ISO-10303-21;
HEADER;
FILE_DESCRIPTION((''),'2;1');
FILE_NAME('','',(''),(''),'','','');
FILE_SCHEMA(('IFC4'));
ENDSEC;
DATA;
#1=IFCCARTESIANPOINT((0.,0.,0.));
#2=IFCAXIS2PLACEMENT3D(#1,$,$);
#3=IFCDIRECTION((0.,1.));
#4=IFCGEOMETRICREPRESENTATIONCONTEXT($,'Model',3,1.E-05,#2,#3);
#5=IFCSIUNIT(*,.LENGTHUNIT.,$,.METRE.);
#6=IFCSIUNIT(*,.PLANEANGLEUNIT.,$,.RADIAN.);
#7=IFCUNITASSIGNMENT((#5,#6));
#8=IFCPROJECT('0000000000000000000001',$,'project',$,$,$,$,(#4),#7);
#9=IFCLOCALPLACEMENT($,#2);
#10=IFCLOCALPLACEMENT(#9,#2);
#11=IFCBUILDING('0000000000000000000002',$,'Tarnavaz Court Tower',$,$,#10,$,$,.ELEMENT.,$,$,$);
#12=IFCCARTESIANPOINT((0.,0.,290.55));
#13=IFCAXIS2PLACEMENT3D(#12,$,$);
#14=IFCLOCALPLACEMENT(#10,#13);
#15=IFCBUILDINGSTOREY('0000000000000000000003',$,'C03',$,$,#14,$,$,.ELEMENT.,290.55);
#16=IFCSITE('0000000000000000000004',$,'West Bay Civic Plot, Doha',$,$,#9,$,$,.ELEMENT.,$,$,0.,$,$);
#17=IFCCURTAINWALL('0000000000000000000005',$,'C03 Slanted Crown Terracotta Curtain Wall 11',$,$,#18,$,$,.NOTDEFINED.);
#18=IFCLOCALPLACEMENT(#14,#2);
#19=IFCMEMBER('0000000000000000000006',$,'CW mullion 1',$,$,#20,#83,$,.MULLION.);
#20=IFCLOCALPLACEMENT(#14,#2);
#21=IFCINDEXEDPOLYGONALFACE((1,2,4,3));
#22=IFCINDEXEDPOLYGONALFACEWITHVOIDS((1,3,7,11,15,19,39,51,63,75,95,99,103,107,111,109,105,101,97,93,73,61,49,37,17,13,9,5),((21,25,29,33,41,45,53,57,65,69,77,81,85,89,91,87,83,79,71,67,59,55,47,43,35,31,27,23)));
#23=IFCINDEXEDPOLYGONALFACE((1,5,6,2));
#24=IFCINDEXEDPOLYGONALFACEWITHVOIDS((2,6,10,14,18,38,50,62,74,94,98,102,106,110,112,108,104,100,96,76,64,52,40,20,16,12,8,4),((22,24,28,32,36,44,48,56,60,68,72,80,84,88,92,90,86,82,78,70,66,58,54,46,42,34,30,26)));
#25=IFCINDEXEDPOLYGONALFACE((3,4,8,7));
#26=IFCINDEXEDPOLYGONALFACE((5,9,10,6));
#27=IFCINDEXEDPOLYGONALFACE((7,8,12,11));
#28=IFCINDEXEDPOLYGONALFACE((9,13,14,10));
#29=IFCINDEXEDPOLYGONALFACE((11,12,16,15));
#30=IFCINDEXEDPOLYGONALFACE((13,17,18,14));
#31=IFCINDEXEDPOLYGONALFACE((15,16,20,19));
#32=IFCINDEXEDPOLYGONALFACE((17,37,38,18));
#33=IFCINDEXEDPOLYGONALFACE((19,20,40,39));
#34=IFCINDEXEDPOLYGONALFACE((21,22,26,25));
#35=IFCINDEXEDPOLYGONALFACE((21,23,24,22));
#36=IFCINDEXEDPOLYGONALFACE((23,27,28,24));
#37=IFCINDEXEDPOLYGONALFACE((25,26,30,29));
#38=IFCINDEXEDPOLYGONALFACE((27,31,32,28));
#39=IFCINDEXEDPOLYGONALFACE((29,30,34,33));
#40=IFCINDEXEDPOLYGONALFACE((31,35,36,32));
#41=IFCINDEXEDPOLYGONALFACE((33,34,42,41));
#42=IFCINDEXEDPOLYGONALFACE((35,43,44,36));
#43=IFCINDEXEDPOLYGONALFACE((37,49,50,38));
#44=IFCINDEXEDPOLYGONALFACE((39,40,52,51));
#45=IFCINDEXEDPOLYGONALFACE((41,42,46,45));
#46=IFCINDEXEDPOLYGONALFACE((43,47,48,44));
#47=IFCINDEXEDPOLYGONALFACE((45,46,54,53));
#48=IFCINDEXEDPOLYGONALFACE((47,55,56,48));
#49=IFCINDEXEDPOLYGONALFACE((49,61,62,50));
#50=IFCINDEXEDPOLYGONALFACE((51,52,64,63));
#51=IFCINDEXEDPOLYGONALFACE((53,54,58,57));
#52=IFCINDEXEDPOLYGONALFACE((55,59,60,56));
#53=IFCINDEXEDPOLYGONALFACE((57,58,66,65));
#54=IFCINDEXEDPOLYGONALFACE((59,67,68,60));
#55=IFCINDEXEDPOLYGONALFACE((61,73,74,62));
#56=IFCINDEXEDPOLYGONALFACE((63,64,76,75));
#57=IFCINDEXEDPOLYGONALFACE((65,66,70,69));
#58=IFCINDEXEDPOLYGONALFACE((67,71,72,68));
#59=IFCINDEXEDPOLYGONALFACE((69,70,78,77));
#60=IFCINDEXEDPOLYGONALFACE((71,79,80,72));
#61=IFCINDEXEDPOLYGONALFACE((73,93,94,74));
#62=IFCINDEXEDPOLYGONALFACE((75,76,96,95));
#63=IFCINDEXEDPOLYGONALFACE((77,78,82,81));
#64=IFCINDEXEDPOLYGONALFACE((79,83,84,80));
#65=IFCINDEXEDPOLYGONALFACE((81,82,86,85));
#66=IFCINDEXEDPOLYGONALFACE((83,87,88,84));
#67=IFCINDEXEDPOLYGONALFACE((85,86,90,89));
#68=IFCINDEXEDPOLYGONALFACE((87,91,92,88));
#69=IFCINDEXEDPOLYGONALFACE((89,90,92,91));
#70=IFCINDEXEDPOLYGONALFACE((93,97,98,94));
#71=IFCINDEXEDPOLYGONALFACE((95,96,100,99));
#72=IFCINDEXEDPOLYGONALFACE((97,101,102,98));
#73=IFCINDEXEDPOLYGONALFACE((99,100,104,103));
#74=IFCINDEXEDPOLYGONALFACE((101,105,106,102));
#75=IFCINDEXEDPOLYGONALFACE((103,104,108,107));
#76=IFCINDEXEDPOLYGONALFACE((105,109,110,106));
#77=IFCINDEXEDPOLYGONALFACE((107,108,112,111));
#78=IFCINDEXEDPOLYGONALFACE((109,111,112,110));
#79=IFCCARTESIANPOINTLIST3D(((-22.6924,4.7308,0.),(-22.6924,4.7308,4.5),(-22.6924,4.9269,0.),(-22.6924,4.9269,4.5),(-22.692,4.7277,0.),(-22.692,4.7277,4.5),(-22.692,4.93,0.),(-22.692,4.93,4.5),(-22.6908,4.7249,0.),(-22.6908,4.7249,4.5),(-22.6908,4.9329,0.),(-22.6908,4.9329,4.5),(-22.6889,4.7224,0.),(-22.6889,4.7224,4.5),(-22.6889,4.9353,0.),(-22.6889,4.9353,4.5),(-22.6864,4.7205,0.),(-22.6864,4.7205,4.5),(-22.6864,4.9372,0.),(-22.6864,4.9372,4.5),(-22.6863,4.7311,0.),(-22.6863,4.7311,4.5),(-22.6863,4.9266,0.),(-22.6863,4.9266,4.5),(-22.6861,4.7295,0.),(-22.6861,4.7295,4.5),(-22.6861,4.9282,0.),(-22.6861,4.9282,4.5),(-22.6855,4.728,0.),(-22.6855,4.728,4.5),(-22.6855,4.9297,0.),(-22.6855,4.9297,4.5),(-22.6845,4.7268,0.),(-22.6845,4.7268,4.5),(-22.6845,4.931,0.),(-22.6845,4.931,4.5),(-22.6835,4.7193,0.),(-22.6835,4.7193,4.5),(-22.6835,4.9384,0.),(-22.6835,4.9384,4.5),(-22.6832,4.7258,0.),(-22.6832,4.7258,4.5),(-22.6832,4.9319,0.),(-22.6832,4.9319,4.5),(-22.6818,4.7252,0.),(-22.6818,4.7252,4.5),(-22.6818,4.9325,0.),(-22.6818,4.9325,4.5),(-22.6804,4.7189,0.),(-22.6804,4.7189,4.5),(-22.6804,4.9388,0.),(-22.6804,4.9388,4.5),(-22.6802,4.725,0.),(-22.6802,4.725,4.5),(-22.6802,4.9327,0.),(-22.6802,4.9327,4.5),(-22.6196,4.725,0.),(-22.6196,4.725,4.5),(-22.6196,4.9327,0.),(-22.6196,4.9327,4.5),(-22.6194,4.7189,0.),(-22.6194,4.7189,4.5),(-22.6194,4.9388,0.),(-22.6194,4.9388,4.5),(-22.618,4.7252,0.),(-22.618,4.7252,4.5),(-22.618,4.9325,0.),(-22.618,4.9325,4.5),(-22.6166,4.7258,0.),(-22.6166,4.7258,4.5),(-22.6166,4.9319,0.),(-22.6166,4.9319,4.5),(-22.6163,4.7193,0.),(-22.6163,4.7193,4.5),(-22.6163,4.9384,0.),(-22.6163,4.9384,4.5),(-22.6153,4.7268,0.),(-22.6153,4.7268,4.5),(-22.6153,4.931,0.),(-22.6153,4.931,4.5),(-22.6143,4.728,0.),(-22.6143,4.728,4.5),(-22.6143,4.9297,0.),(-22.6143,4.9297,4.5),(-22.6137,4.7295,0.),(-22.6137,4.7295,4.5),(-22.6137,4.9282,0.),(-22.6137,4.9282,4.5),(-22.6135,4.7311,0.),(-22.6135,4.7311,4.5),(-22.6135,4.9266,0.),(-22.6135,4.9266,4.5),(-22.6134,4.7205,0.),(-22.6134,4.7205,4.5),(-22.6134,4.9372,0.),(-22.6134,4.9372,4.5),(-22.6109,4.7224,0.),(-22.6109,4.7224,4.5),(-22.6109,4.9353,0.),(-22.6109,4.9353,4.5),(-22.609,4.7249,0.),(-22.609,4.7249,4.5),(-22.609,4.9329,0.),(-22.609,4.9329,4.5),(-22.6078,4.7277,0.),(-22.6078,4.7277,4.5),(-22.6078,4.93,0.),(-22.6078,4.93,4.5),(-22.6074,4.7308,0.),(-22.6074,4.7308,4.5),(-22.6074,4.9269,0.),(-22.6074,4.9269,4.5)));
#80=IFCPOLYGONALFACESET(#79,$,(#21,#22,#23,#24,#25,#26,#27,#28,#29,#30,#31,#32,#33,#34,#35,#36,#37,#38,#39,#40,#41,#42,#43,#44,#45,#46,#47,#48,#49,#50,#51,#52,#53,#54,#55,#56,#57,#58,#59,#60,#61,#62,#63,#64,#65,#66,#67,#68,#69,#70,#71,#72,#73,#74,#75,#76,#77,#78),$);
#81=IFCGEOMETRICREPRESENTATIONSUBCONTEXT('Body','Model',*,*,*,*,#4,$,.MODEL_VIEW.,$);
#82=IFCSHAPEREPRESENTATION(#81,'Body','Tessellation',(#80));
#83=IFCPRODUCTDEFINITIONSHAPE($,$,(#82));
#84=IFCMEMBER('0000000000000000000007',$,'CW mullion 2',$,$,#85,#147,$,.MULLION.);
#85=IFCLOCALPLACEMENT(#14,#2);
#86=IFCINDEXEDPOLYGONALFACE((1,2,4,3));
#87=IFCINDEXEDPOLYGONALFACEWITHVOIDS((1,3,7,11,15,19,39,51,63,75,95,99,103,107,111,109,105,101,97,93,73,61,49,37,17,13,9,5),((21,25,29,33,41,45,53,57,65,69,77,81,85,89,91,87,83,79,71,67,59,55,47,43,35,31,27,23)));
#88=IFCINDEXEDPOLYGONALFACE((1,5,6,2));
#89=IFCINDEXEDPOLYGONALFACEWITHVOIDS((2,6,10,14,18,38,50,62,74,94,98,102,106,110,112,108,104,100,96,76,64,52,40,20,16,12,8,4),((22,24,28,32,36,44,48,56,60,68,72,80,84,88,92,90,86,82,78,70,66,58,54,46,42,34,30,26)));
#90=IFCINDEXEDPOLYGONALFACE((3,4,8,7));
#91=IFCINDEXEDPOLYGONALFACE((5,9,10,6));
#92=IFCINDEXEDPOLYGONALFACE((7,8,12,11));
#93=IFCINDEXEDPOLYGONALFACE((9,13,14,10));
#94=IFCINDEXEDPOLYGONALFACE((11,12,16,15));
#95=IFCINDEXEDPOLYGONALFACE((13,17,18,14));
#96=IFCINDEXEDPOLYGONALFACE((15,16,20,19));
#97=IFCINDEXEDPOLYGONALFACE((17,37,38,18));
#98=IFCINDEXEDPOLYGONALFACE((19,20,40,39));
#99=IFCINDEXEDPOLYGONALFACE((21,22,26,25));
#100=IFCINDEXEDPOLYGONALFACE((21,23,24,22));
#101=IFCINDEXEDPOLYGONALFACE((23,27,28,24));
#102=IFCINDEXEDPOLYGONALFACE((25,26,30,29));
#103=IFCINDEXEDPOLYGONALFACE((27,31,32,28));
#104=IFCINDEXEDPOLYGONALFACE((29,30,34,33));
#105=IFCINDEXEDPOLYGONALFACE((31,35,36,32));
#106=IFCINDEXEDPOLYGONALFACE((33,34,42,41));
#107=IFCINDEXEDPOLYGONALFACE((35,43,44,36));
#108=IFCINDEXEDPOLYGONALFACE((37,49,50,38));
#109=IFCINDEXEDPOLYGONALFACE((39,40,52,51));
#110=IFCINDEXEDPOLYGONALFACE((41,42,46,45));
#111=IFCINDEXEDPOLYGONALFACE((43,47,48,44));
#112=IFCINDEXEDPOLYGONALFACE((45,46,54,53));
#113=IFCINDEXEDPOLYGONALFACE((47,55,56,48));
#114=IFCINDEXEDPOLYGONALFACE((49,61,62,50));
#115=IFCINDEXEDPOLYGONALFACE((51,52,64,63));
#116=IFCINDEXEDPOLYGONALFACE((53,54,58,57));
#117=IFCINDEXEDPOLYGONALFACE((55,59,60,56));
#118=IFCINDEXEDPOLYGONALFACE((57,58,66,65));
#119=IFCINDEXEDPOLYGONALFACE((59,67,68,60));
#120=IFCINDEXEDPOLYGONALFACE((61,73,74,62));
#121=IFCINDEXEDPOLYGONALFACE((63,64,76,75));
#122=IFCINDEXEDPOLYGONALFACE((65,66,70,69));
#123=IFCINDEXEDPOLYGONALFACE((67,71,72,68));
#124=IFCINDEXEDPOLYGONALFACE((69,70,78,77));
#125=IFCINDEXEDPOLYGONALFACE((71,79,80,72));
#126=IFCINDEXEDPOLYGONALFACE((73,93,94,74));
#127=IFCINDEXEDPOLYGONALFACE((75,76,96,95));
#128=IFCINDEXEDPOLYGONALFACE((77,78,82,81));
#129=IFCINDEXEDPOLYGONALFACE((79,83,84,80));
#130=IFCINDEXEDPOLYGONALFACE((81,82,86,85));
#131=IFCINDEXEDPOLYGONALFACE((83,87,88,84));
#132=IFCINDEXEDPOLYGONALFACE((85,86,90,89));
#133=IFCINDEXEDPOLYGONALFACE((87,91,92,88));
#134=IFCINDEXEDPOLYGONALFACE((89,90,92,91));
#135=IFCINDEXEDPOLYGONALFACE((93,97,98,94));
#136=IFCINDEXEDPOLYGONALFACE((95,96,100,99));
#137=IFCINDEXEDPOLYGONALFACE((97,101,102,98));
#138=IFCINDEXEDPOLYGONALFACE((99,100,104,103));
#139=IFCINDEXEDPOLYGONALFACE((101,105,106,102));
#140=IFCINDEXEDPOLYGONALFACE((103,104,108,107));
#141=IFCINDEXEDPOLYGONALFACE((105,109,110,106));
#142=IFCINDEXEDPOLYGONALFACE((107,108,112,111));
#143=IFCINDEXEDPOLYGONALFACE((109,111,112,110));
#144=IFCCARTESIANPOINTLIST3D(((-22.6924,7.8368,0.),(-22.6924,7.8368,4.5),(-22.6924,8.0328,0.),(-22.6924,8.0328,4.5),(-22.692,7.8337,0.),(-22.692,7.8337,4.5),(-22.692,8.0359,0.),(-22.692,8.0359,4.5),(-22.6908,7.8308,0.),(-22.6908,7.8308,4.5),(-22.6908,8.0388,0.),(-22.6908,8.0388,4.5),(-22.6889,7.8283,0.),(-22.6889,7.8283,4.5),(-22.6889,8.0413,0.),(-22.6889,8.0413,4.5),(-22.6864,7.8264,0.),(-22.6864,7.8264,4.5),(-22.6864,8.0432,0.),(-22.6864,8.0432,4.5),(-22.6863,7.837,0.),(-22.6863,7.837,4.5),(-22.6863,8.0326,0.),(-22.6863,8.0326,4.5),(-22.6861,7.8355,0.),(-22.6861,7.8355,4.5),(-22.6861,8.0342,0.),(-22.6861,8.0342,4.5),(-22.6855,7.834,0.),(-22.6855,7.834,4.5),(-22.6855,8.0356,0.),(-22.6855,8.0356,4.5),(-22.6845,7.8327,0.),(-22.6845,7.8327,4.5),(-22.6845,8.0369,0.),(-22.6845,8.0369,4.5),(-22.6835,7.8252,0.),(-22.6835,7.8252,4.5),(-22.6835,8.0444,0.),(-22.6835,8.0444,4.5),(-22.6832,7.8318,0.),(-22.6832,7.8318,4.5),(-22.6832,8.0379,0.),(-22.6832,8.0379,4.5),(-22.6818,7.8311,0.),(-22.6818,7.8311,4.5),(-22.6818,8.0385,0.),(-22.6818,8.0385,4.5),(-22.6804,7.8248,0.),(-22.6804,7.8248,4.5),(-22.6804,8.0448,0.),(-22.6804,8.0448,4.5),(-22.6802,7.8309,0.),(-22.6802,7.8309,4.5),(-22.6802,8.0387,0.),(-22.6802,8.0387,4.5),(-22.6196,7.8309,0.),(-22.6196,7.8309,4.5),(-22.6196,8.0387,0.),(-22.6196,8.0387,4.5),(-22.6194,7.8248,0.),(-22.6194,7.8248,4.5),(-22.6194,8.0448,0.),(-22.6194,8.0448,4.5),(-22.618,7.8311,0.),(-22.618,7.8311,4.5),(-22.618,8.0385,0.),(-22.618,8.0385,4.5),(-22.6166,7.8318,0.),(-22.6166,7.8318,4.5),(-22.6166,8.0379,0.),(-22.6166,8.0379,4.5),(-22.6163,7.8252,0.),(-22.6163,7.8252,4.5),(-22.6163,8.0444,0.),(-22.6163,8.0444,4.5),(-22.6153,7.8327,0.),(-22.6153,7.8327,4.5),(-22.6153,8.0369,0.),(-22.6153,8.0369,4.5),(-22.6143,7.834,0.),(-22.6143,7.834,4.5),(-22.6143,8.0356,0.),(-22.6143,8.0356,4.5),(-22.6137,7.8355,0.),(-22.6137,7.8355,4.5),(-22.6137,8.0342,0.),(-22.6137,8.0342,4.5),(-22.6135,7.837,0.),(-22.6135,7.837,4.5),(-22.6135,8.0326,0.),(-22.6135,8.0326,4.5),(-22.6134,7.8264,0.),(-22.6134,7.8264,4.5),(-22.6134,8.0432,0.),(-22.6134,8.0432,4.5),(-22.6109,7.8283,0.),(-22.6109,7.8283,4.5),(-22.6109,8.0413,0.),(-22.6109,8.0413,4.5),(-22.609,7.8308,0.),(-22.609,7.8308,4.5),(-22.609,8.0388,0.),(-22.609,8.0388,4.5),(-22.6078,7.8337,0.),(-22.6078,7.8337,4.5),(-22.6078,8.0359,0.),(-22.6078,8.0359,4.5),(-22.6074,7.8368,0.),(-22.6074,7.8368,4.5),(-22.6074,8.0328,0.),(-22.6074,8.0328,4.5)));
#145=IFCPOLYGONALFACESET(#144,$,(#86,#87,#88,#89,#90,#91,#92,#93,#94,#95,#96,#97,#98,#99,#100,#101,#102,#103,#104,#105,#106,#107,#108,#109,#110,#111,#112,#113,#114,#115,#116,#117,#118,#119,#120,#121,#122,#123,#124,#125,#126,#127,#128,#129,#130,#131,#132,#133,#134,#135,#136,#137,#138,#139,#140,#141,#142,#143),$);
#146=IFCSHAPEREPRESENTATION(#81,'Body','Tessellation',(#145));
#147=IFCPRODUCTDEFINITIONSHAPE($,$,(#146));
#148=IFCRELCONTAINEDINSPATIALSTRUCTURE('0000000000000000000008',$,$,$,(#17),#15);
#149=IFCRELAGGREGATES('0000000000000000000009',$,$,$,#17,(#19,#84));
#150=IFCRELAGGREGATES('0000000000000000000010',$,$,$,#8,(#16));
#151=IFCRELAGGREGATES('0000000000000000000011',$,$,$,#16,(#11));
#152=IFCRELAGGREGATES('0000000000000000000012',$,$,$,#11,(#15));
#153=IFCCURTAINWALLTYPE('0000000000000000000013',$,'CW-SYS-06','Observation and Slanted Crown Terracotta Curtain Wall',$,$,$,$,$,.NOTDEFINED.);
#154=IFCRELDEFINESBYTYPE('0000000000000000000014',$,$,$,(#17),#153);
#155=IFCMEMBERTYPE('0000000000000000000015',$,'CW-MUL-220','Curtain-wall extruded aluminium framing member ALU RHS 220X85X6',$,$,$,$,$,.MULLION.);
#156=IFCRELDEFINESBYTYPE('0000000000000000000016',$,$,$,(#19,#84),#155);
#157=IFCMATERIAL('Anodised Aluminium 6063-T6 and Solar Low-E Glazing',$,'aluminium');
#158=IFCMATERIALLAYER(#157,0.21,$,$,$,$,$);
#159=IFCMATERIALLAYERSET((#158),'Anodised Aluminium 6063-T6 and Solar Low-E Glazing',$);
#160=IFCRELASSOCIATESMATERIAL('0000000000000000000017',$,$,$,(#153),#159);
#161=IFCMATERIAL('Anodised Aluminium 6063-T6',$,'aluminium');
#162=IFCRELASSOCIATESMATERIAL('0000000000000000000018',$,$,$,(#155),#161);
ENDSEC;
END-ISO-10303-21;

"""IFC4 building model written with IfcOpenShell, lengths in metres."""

from ifc_helpers import new_model, si_unit, direction, frame, origin, origin_2d, place, context, subcontext, project, spatial, hollow_rectangle, extrude, material, layer, layer_set, material_profile, profile_set, type_object, element, aggregate, save


model = new_model("IFC4")

# Units and contexts
model_context = context("Model", 3, precision=1e-05, world=origin(), true_north=direction((0.0, 1.0)))
body_context = subcontext(model_context, "Body", "Model", "MODEL_VIEW")
ifc_project = project(units=[si_unit("LENGTHUNIT", "METRE"), si_unit("PLANEANGLEUNIT", "RADIAN")], contexts=[model_context])

# Site, building, storey
site_placement = place(None, origin())
site = spatial("IfcSite", under=ifc_project, at=site_placement, Name="West Bay Civic Plot, Doha", CompositionType="ELEMENT", RefElevation=0.0)
building_placement = place(site_placement, origin())
building = spatial("IfcBuilding", under=site, at=building_placement, Name="Tarnavaz Court Tower", CompositionType="ELEMENT")
storey_placement = place(building_placement, frame((0.0, 0.0, 290.55)))
storey = spatial("IfcBuildingStorey", under=building, at=storey_placement, Name="C03", CompositionType="ELEMENT", Elevation=290.55)

# Shared definitions
ifc_material_1 = material(Name="Anodised Aluminium 6063-T6 and Solar Low-E Glazing", Category="aluminium")
ifc_layer_1 = layer(ifc_material_1, 0.21)
ifc_layer_set_1 = layer_set([ifc_layer_1], Name="Anodised Aluminium 6063-T6 and Solar Low-E Glazing")
curtain_wall_type = type_object("IfcCurtainWallType", Name="CW-SYS-06", Description="Observation and Slanted Crown Terracotta Curtain Wall", PredefinedType="NOTDEFINED", material=ifc_layer_set_1)
ifc_material_2 = material(Name="Anodised Aluminium 6063-T6", Category="aluminium")
ifc_material_profile_1 = material_profile(ifc_material_2, hollow_rectangle(XDim=0.085, YDim=0.22, WallThickness=0.0061, InnerFilletRadius=0.0061, OuterFilletRadius=0.012, at=origin_2d()), Name="ALU RHS 220X85X6")
ifc_profile_set_1 = profile_set([ifc_material_profile_1], Name="Anodised Aluminium 6063-T6")
member_type_1 = type_object("IfcMemberType", Name="CW-MUL-220", Description="Curtain-wall extruded aluminium framing member ALU RHS 220X85X6", PredefinedType="MULLION", material=ifc_profile_set_1)

# Curtain wall, members
curtain_wall_1_placement = place(storey_placement, origin())
curtain_wall_1 = element("IfcCurtainWall", 1, at=curtain_wall_1_placement, inside=storey, type_object=curtain_wall_type, Name="C03 Slanted Crown Terracotta Curtain Wall 11", PredefinedType="NOTDEFINED")
member_1_placement = place(storey_placement, frame((-22.6499, 4.8289, 0.0), z_axis=(0.0, 0.0, 1.0), x_axis=(-1.0, 0.0, 0.0)))
member_1 = element("IfcMember", 2, at=member_1_placement, type_object=member_type_1, Name="CW mullion 1", PredefinedType="MULLION", context=body_context, shape_type="SweptSolid", body=[
    extrude(hollow_rectangle(XDim=0.085, YDim=0.22, WallThickness=0.0061, InnerFilletRadius=0.0061, OuterFilletRadius=0.012, at=origin_2d()), origin(), (0.0, 0.0, 1.0), 4.5),
])
member_2_placement = place(storey_placement, frame((-22.6499, 7.9348, 0.0), z_axis=(0.0, 0.0, 1.0), x_axis=(-1.0, 0.0, 0.0)))
member_2 = element("IfcMember", 3, at=member_2_placement, type_object=member_type_1, Name="CW mullion 2", PredefinedType="MULLION", context=body_context, shape_type="SweptSolid", body=[
    extrude(hollow_rectangle(XDim=0.085, YDim=0.22, WallThickness=0.0061, InnerFilletRadius=0.0061, OuterFilletRadius=0.012, at=origin_2d()), origin(), (0.0, 0.0, 1.0), 4.5),
])

aggregate(curtain_wall_1, [member_1, member_2])

save(model, "model.ifc")
